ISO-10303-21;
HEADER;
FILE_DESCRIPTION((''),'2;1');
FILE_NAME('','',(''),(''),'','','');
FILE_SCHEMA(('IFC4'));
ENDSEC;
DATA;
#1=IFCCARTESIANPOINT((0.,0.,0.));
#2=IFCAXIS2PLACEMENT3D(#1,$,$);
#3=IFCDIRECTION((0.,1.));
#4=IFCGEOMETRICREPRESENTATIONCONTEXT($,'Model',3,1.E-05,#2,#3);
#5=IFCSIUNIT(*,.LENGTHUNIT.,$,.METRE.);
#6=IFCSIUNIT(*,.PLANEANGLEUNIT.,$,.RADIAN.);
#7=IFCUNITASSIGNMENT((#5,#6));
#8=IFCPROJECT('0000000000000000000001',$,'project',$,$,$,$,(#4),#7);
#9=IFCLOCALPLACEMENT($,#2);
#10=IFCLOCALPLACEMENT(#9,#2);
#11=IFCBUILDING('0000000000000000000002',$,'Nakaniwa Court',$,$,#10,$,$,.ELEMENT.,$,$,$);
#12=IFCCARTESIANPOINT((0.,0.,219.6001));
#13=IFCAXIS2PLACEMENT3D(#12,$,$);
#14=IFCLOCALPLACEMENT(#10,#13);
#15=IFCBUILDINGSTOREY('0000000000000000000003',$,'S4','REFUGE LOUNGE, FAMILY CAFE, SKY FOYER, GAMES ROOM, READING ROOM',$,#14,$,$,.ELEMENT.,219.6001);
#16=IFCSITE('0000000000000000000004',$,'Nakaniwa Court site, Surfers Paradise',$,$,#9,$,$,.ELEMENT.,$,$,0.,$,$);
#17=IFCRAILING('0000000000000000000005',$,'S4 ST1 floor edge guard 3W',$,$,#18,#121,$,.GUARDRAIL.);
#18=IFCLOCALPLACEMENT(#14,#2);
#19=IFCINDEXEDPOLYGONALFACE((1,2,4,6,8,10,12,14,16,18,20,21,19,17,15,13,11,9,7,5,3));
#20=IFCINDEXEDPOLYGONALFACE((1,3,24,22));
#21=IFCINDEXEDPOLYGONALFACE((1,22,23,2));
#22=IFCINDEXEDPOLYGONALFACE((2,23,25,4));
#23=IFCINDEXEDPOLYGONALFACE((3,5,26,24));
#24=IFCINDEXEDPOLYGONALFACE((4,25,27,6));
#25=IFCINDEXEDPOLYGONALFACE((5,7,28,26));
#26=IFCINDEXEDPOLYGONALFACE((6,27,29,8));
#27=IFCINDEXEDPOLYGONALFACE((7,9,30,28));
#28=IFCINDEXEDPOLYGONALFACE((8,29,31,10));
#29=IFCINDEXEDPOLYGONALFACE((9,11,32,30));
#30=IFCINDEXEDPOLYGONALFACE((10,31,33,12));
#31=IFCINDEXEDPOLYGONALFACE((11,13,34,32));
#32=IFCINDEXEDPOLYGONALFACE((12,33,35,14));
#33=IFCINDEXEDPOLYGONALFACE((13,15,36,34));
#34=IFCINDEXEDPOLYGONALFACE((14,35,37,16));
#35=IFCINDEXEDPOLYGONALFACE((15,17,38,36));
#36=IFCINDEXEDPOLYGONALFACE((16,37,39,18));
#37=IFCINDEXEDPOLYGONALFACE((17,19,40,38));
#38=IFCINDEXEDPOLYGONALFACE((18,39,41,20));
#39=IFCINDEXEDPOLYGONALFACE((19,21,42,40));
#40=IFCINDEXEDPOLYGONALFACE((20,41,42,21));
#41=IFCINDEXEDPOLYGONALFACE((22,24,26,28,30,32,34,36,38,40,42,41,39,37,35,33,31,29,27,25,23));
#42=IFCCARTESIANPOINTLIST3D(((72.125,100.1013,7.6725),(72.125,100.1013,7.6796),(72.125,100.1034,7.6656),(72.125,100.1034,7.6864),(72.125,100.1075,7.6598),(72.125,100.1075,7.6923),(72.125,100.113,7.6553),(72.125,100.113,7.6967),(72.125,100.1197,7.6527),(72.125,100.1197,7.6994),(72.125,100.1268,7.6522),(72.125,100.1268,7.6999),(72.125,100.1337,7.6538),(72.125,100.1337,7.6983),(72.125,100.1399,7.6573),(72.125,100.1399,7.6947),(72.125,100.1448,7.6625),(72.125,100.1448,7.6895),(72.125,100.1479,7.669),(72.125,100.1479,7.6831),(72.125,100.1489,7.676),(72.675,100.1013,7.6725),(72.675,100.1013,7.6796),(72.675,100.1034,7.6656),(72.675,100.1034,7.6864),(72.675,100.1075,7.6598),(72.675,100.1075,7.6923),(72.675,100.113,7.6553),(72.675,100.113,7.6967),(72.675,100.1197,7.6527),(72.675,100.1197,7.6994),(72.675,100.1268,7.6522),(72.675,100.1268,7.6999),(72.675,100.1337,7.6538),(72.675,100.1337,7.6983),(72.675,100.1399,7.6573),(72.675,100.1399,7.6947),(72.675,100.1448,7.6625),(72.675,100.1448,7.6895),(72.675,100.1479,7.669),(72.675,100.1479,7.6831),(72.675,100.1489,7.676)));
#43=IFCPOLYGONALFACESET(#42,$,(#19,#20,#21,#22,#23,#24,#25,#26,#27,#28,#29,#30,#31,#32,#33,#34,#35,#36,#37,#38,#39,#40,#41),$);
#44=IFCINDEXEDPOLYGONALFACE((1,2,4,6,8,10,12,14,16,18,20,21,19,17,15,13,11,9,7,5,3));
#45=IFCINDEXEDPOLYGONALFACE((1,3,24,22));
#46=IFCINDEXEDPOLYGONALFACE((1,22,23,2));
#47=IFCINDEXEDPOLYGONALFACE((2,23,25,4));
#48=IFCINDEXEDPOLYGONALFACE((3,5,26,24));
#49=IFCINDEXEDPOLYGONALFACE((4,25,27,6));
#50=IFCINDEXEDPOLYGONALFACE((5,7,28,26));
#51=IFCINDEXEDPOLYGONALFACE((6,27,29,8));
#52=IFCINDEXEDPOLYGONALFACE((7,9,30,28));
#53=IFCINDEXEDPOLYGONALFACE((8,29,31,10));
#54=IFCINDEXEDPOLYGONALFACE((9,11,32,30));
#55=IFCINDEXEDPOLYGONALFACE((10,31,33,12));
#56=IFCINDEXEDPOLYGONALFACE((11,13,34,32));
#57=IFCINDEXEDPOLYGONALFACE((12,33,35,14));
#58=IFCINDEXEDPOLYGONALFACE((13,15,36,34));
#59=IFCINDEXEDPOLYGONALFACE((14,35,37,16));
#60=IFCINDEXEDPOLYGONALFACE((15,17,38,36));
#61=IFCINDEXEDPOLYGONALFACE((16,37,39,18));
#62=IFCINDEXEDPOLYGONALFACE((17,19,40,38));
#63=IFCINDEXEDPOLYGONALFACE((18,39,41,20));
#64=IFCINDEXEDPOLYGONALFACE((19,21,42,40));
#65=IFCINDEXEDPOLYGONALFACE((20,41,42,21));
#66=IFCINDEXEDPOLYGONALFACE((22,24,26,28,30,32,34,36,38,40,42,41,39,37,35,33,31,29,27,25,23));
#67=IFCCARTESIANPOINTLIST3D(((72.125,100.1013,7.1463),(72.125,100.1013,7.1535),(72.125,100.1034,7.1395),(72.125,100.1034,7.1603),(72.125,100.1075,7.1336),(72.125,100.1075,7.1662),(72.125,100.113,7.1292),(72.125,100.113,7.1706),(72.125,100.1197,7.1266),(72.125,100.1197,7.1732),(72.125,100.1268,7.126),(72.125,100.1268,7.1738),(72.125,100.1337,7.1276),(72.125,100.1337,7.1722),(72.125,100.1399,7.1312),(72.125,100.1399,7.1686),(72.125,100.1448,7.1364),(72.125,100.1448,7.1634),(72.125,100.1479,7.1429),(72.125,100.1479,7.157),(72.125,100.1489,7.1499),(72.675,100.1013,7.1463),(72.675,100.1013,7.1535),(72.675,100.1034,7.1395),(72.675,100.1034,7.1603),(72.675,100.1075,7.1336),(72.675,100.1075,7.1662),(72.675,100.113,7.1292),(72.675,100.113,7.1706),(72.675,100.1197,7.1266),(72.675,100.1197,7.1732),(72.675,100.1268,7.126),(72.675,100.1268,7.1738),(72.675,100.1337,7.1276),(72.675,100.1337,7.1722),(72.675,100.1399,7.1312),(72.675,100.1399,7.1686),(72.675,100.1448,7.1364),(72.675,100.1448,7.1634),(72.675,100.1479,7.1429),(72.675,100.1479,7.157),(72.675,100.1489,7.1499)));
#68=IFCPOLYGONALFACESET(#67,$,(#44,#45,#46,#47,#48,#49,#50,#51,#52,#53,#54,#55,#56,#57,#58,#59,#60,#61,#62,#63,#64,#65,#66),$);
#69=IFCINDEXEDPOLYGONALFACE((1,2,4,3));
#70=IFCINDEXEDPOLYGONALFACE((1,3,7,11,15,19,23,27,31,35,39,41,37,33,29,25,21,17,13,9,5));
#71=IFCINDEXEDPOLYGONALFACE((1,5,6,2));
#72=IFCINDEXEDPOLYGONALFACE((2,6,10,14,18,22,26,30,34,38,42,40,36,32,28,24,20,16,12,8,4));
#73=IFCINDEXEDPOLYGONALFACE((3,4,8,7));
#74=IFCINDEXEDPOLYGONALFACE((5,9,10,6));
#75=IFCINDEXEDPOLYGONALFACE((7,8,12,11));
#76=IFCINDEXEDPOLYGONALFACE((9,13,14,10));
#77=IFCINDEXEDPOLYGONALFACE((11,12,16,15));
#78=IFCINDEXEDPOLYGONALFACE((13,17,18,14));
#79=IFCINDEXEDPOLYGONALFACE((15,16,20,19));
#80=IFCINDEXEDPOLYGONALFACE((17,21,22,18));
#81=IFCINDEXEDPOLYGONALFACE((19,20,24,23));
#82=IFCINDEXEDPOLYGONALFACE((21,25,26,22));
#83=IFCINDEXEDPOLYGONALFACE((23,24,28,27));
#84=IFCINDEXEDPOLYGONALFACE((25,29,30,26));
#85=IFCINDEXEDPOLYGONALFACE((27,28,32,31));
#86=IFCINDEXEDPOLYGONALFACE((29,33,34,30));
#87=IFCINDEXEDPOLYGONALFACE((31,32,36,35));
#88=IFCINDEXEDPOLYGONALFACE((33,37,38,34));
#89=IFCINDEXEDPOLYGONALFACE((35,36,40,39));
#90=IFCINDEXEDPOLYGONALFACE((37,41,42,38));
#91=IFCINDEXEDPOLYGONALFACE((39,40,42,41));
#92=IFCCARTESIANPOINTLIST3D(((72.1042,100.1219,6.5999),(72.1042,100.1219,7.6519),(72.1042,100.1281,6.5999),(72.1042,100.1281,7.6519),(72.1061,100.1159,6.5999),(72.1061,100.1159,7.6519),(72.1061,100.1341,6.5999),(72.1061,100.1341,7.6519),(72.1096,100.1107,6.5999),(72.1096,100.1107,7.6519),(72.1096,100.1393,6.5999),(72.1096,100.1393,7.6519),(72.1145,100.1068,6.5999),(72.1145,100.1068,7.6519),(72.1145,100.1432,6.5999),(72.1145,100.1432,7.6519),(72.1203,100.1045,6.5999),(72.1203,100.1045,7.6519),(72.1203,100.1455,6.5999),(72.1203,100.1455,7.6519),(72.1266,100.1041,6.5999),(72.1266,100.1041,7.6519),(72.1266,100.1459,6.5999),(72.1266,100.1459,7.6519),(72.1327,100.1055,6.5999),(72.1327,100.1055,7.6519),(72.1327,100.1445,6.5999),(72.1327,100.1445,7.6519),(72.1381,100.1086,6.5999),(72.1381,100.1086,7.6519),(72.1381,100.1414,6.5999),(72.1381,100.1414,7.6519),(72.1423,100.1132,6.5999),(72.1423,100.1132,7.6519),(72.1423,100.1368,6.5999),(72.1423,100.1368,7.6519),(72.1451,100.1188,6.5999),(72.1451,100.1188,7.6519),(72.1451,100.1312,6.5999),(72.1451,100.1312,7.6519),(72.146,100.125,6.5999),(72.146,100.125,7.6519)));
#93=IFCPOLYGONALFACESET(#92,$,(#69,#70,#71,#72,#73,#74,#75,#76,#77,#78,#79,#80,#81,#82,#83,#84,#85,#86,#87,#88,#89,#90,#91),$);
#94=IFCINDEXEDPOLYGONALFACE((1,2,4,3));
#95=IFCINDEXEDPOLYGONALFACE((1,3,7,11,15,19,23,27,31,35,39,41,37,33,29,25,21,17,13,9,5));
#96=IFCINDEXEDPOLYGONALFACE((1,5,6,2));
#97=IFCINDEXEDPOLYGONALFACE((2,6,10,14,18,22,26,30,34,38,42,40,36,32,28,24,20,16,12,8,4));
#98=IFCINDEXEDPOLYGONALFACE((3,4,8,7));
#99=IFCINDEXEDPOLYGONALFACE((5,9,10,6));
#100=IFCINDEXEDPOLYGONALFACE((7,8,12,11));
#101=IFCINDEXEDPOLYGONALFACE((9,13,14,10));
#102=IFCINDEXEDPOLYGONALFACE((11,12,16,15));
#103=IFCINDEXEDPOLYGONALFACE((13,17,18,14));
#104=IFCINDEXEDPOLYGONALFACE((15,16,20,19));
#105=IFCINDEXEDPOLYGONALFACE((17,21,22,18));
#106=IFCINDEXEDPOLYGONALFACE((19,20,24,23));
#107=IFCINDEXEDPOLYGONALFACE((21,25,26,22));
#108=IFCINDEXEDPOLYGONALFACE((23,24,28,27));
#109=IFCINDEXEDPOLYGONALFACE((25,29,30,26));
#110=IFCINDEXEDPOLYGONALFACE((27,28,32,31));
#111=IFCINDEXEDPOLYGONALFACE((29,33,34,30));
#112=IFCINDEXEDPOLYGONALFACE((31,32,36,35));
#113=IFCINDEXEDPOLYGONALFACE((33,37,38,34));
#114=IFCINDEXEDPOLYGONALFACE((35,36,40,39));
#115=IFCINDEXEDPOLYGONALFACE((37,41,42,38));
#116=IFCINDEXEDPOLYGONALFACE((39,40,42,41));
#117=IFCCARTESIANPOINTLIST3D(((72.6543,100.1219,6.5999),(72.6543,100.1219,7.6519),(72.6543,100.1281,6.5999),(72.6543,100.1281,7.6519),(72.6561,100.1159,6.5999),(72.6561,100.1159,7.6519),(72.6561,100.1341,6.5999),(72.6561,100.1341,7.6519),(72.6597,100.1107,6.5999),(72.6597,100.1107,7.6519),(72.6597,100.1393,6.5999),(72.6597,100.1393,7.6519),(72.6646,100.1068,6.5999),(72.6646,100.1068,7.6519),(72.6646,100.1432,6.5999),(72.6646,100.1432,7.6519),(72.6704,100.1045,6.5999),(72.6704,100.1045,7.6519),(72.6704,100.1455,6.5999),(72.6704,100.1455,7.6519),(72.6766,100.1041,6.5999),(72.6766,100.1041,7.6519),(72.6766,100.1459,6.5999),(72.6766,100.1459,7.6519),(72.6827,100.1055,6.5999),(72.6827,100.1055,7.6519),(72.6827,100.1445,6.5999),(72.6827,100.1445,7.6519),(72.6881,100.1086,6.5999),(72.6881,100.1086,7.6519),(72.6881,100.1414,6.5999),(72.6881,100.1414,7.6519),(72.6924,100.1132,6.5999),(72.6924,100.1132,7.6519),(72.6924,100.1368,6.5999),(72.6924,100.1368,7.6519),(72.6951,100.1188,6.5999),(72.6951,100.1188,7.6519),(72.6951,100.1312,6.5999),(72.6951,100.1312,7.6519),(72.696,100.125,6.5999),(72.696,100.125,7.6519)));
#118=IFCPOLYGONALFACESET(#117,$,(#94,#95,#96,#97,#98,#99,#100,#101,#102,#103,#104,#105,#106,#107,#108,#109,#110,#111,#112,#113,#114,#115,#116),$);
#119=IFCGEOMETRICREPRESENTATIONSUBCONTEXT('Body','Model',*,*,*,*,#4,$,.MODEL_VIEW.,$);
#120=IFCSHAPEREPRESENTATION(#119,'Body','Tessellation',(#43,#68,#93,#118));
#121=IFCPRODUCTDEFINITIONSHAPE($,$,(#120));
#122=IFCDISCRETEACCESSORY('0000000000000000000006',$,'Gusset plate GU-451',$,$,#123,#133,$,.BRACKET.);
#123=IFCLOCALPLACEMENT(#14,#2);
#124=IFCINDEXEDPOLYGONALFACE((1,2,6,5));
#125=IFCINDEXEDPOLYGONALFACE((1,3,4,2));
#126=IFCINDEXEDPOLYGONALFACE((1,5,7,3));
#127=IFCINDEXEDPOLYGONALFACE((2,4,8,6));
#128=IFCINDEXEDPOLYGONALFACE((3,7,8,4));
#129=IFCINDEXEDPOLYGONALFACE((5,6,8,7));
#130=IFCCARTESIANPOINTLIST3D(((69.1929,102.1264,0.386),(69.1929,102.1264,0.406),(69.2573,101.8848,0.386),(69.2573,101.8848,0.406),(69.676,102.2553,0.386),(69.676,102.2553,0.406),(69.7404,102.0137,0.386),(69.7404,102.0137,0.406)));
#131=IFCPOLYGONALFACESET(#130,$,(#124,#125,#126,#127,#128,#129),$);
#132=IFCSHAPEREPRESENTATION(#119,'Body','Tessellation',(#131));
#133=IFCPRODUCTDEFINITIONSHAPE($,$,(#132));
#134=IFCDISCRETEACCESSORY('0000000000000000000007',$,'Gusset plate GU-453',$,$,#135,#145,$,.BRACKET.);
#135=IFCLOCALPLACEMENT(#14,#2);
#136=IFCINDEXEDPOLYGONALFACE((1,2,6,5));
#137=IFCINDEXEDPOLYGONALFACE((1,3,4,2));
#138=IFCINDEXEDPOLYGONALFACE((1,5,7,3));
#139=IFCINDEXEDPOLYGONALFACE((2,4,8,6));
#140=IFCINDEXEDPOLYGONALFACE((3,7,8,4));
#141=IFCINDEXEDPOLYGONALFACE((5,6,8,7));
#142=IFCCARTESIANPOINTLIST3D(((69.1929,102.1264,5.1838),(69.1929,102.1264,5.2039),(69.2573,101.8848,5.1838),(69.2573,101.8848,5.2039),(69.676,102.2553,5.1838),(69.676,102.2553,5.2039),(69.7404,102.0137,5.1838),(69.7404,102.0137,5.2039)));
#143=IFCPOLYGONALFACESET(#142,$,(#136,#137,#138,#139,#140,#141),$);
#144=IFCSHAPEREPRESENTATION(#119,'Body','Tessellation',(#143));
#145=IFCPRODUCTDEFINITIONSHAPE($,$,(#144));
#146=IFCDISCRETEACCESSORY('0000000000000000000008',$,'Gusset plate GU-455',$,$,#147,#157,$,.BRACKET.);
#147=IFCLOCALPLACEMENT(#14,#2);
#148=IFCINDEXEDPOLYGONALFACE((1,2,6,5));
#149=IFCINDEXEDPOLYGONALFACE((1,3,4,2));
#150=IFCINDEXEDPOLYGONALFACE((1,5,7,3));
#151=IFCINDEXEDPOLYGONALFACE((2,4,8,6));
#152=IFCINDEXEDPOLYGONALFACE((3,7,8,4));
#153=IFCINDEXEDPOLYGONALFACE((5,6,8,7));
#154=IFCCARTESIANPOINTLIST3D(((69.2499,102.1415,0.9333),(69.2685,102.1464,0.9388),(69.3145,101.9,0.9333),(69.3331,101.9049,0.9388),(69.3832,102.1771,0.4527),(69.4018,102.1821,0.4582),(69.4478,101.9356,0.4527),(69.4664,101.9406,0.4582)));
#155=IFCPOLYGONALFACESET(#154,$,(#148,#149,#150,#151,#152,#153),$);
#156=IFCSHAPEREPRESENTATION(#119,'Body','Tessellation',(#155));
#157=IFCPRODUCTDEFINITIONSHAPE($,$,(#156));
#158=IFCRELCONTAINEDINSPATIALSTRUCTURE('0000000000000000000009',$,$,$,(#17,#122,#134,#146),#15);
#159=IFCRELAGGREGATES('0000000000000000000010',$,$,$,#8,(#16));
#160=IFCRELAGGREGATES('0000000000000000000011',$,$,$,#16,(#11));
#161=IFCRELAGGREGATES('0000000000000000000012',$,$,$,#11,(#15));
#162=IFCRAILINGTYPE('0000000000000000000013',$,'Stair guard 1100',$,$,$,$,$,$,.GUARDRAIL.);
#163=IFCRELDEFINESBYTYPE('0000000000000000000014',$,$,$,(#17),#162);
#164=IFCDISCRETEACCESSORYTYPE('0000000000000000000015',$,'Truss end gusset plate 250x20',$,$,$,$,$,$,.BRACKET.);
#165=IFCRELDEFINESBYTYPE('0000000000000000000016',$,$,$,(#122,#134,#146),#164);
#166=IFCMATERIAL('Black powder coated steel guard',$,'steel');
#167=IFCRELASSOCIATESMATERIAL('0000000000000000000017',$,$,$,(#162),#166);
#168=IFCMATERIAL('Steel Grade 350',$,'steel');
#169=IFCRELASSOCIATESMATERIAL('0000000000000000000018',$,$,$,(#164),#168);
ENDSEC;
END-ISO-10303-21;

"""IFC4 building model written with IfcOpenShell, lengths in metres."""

from ifc_helpers import new_model, si_unit, direction, frame, origin, origin_2d, place, context, subcontext, project, spatial, rectangle, circle, extrude, material, material_profile, profile_set, type_object, element, save


model = new_model("IFC4")

# Units and contexts
model_context = context("Model", 3, precision=1e-05, world=origin(), true_north=direction((0.0, 1.0)))
body_context = subcontext(model_context, "Body", "Model", "MODEL_VIEW")
ifc_project = project(units=[si_unit("LENGTHUNIT", "METRE"), si_unit("PLANEANGLEUNIT", "RADIAN")], contexts=[model_context])

# Site, building, storey
site_placement = place(None, origin())
site = spatial("IfcSite", under=ifc_project, at=site_placement, Name="Nakaniwa Court site, Surfers Paradise", CompositionType="ELEMENT", RefElevation=0.0)
building_placement = place(site_placement, origin())
building = spatial("IfcBuilding", under=site, at=building_placement, Name="Nakaniwa Court", CompositionType="ELEMENT")
storey_placement = place(building_placement, frame((0.0, 0.0, 219.6001)))
storey = spatial("IfcBuildingStorey", under=building, at=storey_placement, Name="S4", Description="REFUGE LOUNGE, FAMILY CAFE, SKY FOYER, GAMES ROOM, READING ROOM", CompositionType="ELEMENT", Elevation=219.6001)

# Shared definitions
ifc_material_1 = material(Name="Steel Grade 350", Category="steel")

# Railing
ifc_material_2 = material(Name="Black powder coated steel guard", Category="steel")
railing_type_1 = type_object("IfcRailingType", Name="Stair guard 1100", PredefinedType="GUARDRAIL", material=ifc_material_2)
for number, where, name in (
    (1, (72.125, 100.125, 6.5999), "S4 ST1 floor edge guard 3W"),
):
    element("IfcRailing", number, at=place(storey_placement, frame(where)), inside=storey, type_object=railing_type_1, Name=name, PredefinedType="GUARDRAIL", context=body_context, shape_type="SweptSolid", body=[
        extrude(circle(Radius=0.0239, at=origin_2d()), frame((0.0, 0.0, 1.0762), z_axis=(1.0, 0.0, 0.0), x_axis=(0.0, 1.0, 0.0)), (0.0, 0.0, 1.0), 0.55),
        extrude(circle(Radius=0.0239, at=origin_2d()), frame((0.0, 0.0, 0.55), z_axis=(1.0, 0.0, 0.0), x_axis=(0.0, 1.0, 0.0)), (0.0, 0.0, 1.0), 0.55),
        extrude(circle(Radius=0.021, at=origin_2d()), origin(), (0.0, 0.0, 1.0), 1.052),
        extrude(circle(Radius=0.021, at=origin_2d()), frame((0.55, 0.0, 0.0)), (0.0, 0.0, 1.0), 1.052),
    ])

# Discrete accessories
ifc_material_profile_1 = material_profile(ifc_material_1, rectangle(XDim=0.25, YDim=0.02, at=origin_2d()), Name="Truss end gusset plate 250x20")
ifc_profile_set_1 = profile_set([ifc_material_profile_1], Name="Steel Grade 350")
discrete_accessory_type = type_object("IfcDiscreteAccessoryType", Name="Truss end gusset plate 250x20", PredefinedType="BRACKET", material=ifc_profile_set_1)
for number, where, z_axis, x_axis, name in (
    (2, (69.2251, 102.0056, 0.396), (0.966203, 0.257784, 0.0), (-0.257784, 0.966203, 0.0), "Gusset plate GU-451"),
    (3, (69.2251, 102.0056, 5.1938), (0.966203, 0.257784, 0.0), (-0.257784, 0.966203, 0.0), "Gusset plate GU-453"),
    (4, (69.2915, 102.0232, 0.936), (0.26666, 0.071305, -0.961149), (-0.258323, 0.966059, 0.0), "Gusset plate GU-455"),
):
    element("IfcDiscreteAccessory", number, at=place(storey_placement, frame(where, z_axis=z_axis, x_axis=x_axis)), inside=storey, type_object=discrete_accessory_type, Name=name, PredefinedType="BRACKET", context=body_context, shape_type="SweptSolid", body=[
        extrude(rectangle(XDim=0.25, YDim=0.02, at=origin_2d()), origin(), (0.0, 0.0, 1.0), 0.5),
    ])

save(model, "model.ifc")
